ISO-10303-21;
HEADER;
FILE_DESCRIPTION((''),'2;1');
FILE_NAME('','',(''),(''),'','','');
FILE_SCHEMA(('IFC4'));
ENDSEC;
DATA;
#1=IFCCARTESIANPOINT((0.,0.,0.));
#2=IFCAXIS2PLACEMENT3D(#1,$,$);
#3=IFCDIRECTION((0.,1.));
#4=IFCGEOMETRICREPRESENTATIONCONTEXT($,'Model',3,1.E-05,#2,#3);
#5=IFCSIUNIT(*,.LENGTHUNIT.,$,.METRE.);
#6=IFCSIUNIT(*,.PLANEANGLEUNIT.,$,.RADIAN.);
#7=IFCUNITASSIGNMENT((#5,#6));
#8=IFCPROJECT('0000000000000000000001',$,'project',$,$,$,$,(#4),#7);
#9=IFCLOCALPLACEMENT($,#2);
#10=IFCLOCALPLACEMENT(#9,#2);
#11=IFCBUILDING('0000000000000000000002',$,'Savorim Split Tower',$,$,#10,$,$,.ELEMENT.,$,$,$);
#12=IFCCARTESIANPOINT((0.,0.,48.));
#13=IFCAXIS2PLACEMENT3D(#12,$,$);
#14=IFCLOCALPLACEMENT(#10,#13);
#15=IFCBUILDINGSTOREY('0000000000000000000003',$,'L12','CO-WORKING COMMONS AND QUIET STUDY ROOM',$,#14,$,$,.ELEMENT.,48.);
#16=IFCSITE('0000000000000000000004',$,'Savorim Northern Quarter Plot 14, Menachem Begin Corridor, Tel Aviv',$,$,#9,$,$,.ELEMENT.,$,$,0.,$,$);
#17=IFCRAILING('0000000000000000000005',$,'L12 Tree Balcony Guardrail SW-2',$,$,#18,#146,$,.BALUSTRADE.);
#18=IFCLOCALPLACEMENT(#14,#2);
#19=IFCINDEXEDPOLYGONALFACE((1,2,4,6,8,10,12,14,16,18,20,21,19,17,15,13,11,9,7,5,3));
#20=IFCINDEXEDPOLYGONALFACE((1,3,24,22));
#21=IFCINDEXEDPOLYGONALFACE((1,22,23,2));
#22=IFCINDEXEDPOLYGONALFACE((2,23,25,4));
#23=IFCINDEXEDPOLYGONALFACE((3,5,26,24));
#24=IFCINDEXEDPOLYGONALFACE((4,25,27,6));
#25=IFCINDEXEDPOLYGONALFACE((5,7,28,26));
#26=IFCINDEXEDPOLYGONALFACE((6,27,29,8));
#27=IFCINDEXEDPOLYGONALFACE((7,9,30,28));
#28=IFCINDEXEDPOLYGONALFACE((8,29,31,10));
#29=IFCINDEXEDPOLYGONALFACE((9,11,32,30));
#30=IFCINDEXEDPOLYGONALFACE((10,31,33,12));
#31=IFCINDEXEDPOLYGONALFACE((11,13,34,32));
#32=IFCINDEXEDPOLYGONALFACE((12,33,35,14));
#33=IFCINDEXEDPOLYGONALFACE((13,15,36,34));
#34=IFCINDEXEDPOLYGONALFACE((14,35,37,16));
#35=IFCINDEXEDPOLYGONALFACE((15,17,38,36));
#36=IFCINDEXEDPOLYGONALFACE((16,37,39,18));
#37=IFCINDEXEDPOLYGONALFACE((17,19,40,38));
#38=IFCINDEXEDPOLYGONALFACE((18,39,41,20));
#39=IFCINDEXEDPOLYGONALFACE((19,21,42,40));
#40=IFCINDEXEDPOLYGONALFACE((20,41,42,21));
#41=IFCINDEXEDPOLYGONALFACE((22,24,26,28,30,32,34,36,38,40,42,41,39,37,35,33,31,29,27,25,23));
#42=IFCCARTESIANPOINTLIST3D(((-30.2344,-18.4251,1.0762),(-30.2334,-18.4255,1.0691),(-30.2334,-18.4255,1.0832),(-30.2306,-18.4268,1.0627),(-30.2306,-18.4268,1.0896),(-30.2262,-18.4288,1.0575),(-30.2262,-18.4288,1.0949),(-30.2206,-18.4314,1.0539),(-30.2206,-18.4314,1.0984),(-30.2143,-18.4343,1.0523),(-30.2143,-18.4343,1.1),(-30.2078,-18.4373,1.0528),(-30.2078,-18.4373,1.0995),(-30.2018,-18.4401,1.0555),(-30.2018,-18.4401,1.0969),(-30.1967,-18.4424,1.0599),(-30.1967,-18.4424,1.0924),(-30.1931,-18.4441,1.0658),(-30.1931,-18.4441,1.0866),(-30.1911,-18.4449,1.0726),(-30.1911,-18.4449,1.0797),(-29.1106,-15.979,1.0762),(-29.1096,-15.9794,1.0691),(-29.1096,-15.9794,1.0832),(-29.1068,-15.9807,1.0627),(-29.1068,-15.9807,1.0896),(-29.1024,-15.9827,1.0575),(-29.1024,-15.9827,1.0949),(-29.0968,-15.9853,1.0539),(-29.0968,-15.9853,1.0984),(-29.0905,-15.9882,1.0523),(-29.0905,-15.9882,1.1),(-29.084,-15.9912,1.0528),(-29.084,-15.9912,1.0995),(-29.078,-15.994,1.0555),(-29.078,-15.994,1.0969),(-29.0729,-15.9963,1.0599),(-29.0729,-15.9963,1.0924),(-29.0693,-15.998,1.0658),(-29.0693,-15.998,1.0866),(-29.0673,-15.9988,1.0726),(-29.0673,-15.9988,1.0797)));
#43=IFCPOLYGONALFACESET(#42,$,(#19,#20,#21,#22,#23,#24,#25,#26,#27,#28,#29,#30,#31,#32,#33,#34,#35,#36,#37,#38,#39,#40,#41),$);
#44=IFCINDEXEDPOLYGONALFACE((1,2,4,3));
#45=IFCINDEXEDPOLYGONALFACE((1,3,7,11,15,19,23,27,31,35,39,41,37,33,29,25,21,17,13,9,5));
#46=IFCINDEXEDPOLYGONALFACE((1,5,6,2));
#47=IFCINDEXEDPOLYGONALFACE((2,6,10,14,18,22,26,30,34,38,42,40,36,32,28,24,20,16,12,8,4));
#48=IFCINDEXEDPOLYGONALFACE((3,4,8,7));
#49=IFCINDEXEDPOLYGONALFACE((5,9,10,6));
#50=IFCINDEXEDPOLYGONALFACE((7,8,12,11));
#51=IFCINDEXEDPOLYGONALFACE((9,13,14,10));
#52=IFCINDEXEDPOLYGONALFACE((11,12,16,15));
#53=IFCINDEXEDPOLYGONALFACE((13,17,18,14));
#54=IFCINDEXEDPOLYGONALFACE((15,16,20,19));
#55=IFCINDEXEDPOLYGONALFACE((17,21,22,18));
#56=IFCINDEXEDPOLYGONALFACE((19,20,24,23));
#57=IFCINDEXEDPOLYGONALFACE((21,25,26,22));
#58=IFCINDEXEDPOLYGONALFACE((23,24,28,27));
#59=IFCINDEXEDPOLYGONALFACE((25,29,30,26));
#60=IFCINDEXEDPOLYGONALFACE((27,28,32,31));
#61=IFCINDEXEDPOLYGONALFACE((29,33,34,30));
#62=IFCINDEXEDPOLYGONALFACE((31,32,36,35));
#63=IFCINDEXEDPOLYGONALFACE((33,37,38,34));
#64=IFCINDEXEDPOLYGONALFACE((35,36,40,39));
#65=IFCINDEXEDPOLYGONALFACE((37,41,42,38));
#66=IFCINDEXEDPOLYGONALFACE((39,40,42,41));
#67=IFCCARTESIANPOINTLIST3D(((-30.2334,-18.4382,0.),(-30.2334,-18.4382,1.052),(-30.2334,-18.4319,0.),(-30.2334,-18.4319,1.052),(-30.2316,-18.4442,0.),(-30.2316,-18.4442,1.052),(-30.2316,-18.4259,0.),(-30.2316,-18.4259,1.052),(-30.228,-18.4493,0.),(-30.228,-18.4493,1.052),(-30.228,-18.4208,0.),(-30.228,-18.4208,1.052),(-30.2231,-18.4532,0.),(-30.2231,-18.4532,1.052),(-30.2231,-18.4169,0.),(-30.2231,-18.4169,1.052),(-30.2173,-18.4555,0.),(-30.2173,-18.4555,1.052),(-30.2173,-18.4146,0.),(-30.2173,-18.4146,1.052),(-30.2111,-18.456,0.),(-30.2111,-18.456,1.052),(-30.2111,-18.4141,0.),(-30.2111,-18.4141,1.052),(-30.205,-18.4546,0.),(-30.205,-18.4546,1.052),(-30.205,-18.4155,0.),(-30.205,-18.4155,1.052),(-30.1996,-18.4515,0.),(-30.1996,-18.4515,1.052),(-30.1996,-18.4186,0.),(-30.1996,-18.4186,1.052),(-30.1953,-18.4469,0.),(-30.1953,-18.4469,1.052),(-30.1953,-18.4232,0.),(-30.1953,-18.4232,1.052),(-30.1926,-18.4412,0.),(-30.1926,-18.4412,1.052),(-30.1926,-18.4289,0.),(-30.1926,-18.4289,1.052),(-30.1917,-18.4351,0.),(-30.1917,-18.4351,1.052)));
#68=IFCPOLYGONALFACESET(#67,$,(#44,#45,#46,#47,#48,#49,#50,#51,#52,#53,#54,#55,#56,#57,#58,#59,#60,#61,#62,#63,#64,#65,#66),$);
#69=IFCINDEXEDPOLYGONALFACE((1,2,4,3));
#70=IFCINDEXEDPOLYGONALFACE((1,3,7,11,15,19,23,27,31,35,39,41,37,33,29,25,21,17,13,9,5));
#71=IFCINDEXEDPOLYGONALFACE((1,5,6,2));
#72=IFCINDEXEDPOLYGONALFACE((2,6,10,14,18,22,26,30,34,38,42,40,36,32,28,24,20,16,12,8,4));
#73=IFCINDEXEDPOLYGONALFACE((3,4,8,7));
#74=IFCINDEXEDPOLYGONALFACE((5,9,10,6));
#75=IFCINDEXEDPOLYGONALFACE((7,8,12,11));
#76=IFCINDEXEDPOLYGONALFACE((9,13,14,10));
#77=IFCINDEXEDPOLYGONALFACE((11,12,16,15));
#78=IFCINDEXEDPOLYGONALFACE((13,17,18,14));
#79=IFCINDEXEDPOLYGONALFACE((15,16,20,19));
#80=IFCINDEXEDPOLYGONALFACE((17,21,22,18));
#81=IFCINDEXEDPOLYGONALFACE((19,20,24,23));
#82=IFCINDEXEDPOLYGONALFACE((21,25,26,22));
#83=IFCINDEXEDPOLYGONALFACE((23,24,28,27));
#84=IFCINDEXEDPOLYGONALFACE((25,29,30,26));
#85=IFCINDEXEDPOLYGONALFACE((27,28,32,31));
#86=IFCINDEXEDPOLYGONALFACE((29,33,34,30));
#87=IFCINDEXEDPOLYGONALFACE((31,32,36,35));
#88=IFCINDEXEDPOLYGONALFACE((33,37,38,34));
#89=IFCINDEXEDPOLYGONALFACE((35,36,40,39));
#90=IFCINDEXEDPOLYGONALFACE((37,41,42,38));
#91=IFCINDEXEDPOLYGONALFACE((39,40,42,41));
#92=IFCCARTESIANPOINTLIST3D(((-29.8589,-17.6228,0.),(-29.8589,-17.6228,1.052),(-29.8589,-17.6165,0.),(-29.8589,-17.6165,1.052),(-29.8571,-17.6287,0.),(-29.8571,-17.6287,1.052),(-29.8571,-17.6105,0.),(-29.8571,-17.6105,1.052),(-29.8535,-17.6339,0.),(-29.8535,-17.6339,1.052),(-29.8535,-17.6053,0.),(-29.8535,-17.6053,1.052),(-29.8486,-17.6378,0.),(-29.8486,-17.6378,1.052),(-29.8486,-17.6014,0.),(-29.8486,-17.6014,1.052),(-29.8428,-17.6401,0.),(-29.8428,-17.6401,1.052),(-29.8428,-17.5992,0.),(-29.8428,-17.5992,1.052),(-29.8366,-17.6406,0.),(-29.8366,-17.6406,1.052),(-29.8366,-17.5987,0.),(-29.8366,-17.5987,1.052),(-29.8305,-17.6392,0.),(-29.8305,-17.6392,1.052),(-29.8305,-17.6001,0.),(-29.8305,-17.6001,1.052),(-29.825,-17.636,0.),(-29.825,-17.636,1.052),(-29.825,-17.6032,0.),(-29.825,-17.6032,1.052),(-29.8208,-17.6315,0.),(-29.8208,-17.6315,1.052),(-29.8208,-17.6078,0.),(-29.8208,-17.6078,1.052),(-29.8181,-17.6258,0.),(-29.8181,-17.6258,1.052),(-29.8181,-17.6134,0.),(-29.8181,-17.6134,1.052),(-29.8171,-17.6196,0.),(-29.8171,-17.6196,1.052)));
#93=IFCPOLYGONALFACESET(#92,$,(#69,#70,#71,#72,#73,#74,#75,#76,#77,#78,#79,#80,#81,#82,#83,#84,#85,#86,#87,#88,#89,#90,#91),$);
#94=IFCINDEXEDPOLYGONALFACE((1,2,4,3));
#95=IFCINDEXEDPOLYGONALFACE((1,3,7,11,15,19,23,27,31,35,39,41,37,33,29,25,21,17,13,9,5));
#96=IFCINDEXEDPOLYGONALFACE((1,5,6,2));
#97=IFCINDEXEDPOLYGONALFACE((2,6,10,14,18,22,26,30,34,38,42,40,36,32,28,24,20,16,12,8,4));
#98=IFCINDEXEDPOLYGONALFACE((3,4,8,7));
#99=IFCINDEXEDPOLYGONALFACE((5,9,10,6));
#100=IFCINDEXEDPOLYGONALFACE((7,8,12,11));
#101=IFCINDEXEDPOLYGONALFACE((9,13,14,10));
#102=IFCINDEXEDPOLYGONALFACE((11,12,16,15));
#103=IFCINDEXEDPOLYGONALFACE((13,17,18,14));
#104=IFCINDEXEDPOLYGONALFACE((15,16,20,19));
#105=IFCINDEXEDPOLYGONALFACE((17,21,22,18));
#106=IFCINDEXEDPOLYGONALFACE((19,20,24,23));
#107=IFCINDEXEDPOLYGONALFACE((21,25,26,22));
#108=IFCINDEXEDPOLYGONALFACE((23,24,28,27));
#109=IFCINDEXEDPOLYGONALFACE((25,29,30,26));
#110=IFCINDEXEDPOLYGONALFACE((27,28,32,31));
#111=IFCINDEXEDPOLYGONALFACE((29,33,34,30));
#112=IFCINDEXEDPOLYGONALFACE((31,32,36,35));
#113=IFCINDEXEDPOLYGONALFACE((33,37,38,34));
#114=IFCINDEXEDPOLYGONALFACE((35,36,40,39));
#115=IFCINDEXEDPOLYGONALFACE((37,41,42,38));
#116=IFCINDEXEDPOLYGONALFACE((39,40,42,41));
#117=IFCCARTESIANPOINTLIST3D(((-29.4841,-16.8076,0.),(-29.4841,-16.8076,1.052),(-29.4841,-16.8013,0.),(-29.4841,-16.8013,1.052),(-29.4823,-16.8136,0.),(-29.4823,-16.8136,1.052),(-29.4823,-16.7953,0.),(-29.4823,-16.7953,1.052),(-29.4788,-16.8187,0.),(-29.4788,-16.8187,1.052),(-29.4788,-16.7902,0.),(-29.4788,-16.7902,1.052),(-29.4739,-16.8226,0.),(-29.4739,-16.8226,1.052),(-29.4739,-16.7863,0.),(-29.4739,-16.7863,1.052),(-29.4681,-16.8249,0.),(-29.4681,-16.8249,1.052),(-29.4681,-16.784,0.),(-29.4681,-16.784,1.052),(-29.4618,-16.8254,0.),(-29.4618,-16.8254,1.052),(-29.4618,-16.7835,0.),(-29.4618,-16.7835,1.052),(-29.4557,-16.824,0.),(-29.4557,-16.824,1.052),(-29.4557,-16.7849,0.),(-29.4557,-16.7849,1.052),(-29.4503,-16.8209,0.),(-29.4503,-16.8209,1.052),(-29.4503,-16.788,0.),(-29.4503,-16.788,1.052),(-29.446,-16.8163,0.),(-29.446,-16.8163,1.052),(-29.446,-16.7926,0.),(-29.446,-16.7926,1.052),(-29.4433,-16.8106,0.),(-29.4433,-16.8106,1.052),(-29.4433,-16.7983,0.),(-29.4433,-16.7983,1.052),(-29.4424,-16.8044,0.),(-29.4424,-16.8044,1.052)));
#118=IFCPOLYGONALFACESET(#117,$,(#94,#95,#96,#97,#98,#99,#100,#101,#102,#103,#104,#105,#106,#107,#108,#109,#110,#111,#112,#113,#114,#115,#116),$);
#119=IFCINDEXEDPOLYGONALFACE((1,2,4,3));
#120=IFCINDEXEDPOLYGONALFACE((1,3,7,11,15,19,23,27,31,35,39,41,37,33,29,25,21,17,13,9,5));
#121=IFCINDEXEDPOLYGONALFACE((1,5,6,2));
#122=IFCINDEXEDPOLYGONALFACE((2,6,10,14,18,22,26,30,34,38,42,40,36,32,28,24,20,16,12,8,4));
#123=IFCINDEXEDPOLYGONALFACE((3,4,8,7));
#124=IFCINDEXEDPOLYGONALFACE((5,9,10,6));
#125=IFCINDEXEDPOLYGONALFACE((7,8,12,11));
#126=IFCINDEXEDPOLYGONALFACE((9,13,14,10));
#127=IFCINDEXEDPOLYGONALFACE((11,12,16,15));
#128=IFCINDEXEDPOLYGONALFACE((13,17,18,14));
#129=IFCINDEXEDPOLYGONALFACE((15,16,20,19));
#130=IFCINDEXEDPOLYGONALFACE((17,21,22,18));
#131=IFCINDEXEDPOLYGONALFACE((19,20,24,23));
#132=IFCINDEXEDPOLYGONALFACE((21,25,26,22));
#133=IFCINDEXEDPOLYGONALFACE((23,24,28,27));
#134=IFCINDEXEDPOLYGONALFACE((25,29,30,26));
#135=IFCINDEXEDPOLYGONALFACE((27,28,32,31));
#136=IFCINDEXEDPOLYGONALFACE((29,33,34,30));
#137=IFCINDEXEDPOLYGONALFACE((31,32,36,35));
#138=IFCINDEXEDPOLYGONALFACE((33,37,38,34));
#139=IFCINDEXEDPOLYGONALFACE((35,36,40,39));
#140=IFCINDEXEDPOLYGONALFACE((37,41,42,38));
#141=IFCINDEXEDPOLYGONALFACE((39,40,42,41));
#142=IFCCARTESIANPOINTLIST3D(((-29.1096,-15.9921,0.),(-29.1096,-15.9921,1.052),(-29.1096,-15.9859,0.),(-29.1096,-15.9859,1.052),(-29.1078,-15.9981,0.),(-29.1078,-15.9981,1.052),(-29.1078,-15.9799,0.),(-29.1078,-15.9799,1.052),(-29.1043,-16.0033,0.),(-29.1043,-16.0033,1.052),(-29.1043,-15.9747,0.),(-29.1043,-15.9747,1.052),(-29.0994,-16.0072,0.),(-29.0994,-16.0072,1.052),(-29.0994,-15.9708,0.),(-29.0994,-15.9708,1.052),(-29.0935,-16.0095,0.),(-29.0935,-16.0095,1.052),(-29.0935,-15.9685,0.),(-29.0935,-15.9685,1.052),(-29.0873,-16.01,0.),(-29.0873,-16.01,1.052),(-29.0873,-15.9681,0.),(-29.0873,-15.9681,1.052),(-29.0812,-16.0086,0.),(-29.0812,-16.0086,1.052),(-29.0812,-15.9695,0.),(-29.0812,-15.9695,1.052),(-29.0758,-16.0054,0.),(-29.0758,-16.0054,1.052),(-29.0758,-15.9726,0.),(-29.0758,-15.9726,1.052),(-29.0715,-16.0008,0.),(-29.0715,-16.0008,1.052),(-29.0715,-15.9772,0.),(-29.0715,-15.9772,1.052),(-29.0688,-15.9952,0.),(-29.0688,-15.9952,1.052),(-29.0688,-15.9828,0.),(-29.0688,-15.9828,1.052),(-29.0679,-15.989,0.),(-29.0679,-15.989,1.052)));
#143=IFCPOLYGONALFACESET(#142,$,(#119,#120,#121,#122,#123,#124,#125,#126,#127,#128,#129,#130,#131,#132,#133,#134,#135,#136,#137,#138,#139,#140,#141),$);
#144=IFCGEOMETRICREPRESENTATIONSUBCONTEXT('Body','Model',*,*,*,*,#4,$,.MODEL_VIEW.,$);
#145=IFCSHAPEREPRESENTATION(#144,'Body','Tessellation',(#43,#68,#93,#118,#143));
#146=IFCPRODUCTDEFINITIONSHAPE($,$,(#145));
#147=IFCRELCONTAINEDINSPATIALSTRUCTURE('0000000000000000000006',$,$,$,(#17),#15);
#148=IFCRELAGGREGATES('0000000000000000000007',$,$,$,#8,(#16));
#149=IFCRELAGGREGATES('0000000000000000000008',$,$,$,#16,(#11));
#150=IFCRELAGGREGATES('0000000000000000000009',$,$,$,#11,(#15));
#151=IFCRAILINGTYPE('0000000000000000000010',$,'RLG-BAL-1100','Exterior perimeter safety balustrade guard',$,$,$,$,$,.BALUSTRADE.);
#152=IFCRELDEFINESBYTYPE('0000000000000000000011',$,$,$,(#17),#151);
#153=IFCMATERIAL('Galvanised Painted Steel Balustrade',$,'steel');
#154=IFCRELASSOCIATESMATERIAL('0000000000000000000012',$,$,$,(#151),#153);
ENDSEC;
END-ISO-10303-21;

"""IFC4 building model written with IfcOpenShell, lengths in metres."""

from ifc_helpers import new_model, si_unit, direction, frame, origin, origin_2d, place, context, subcontext, project, spatial, circle, extrude, material, type_object, element, save


model = new_model("IFC4")

# Units and contexts
model_context = context("Model", 3, precision=1e-05, world=origin(), true_north=direction((0.0, 1.0)))
body_context = subcontext(model_context, "Body", "Model", "MODEL_VIEW")
ifc_project = project(units=[si_unit("LENGTHUNIT", "METRE"), si_unit("PLANEANGLEUNIT", "RADIAN")], contexts=[model_context])

# Site, building, storey
site_placement = place(None, origin())
site = spatial("IfcSite", under=ifc_project, at=site_placement, Name="Savorim Northern Quarter Plot 14, Menachem Begin Corridor, Tel Aviv", CompositionType="ELEMENT", RefElevation=0.0)
building_placement = place(site_placement, origin())
building = spatial("IfcBuilding", under=site, at=building_placement, Name="Savorim Split Tower", CompositionType="ELEMENT")
storey_placement = place(building_placement, frame((0.0, 0.0, 48.0)))
storey = spatial("IfcBuildingStorey", under=building, at=storey_placement, Name="L12", Description="CO-WORKING COMMONS AND QUIET STUDY ROOM", CompositionType="ELEMENT", Elevation=48.0)

# Railing
ifc_material_1 = material(Name="Galvanised Painted Steel Balustrade", Category="steel")
railing_type = type_object("IfcRailingType", Name="RLG-BAL-1100", Description="Exterior perimeter safety balustrade guard", PredefinedType="BALUSTRADE", material=ifc_material_1)
railing_1_placement = place(storey_placement, frame((-30.2126, -18.4351, 0.0)))
element("IfcRailing", 1, at=railing_1_placement, inside=storey, type_object=railing_type, Name="L12 Tree Balcony Guardrail SW-2", PredefinedType="BALUSTRADE", context=body_context, shape_type="SweptSolid", body=[
    extrude(circle(Radius=0.0239, at=origin_2d()), frame((0.0, 0.0, 1.0762), z_axis=(0.417476, 0.908688, 0.0), x_axis=(-0.908688, 0.417476, 0.0)), (0.0, 0.0, 1.0), 2.6919),
    extrude(circle(Radius=0.021, at=origin_2d()), origin(), (0.0, 0.0, 1.0), 1.052),
    extrude(circle(Radius=0.021, at=origin_2d()), frame((0.3745, 0.8154, 0.0)), (0.0, 0.0, 1.0), 1.052),
    extrude(circle(Radius=0.021, at=origin_2d()), frame((0.7493, 1.6306, 0.0)), (0.0, 0.0, 1.0), 1.052),
    extrude(circle(Radius=0.021, at=origin_2d()), frame((1.1238, 2.446, 0.0)), (0.0, 0.0, 1.0), 1.052),
])

save(model, "model.ifc")
